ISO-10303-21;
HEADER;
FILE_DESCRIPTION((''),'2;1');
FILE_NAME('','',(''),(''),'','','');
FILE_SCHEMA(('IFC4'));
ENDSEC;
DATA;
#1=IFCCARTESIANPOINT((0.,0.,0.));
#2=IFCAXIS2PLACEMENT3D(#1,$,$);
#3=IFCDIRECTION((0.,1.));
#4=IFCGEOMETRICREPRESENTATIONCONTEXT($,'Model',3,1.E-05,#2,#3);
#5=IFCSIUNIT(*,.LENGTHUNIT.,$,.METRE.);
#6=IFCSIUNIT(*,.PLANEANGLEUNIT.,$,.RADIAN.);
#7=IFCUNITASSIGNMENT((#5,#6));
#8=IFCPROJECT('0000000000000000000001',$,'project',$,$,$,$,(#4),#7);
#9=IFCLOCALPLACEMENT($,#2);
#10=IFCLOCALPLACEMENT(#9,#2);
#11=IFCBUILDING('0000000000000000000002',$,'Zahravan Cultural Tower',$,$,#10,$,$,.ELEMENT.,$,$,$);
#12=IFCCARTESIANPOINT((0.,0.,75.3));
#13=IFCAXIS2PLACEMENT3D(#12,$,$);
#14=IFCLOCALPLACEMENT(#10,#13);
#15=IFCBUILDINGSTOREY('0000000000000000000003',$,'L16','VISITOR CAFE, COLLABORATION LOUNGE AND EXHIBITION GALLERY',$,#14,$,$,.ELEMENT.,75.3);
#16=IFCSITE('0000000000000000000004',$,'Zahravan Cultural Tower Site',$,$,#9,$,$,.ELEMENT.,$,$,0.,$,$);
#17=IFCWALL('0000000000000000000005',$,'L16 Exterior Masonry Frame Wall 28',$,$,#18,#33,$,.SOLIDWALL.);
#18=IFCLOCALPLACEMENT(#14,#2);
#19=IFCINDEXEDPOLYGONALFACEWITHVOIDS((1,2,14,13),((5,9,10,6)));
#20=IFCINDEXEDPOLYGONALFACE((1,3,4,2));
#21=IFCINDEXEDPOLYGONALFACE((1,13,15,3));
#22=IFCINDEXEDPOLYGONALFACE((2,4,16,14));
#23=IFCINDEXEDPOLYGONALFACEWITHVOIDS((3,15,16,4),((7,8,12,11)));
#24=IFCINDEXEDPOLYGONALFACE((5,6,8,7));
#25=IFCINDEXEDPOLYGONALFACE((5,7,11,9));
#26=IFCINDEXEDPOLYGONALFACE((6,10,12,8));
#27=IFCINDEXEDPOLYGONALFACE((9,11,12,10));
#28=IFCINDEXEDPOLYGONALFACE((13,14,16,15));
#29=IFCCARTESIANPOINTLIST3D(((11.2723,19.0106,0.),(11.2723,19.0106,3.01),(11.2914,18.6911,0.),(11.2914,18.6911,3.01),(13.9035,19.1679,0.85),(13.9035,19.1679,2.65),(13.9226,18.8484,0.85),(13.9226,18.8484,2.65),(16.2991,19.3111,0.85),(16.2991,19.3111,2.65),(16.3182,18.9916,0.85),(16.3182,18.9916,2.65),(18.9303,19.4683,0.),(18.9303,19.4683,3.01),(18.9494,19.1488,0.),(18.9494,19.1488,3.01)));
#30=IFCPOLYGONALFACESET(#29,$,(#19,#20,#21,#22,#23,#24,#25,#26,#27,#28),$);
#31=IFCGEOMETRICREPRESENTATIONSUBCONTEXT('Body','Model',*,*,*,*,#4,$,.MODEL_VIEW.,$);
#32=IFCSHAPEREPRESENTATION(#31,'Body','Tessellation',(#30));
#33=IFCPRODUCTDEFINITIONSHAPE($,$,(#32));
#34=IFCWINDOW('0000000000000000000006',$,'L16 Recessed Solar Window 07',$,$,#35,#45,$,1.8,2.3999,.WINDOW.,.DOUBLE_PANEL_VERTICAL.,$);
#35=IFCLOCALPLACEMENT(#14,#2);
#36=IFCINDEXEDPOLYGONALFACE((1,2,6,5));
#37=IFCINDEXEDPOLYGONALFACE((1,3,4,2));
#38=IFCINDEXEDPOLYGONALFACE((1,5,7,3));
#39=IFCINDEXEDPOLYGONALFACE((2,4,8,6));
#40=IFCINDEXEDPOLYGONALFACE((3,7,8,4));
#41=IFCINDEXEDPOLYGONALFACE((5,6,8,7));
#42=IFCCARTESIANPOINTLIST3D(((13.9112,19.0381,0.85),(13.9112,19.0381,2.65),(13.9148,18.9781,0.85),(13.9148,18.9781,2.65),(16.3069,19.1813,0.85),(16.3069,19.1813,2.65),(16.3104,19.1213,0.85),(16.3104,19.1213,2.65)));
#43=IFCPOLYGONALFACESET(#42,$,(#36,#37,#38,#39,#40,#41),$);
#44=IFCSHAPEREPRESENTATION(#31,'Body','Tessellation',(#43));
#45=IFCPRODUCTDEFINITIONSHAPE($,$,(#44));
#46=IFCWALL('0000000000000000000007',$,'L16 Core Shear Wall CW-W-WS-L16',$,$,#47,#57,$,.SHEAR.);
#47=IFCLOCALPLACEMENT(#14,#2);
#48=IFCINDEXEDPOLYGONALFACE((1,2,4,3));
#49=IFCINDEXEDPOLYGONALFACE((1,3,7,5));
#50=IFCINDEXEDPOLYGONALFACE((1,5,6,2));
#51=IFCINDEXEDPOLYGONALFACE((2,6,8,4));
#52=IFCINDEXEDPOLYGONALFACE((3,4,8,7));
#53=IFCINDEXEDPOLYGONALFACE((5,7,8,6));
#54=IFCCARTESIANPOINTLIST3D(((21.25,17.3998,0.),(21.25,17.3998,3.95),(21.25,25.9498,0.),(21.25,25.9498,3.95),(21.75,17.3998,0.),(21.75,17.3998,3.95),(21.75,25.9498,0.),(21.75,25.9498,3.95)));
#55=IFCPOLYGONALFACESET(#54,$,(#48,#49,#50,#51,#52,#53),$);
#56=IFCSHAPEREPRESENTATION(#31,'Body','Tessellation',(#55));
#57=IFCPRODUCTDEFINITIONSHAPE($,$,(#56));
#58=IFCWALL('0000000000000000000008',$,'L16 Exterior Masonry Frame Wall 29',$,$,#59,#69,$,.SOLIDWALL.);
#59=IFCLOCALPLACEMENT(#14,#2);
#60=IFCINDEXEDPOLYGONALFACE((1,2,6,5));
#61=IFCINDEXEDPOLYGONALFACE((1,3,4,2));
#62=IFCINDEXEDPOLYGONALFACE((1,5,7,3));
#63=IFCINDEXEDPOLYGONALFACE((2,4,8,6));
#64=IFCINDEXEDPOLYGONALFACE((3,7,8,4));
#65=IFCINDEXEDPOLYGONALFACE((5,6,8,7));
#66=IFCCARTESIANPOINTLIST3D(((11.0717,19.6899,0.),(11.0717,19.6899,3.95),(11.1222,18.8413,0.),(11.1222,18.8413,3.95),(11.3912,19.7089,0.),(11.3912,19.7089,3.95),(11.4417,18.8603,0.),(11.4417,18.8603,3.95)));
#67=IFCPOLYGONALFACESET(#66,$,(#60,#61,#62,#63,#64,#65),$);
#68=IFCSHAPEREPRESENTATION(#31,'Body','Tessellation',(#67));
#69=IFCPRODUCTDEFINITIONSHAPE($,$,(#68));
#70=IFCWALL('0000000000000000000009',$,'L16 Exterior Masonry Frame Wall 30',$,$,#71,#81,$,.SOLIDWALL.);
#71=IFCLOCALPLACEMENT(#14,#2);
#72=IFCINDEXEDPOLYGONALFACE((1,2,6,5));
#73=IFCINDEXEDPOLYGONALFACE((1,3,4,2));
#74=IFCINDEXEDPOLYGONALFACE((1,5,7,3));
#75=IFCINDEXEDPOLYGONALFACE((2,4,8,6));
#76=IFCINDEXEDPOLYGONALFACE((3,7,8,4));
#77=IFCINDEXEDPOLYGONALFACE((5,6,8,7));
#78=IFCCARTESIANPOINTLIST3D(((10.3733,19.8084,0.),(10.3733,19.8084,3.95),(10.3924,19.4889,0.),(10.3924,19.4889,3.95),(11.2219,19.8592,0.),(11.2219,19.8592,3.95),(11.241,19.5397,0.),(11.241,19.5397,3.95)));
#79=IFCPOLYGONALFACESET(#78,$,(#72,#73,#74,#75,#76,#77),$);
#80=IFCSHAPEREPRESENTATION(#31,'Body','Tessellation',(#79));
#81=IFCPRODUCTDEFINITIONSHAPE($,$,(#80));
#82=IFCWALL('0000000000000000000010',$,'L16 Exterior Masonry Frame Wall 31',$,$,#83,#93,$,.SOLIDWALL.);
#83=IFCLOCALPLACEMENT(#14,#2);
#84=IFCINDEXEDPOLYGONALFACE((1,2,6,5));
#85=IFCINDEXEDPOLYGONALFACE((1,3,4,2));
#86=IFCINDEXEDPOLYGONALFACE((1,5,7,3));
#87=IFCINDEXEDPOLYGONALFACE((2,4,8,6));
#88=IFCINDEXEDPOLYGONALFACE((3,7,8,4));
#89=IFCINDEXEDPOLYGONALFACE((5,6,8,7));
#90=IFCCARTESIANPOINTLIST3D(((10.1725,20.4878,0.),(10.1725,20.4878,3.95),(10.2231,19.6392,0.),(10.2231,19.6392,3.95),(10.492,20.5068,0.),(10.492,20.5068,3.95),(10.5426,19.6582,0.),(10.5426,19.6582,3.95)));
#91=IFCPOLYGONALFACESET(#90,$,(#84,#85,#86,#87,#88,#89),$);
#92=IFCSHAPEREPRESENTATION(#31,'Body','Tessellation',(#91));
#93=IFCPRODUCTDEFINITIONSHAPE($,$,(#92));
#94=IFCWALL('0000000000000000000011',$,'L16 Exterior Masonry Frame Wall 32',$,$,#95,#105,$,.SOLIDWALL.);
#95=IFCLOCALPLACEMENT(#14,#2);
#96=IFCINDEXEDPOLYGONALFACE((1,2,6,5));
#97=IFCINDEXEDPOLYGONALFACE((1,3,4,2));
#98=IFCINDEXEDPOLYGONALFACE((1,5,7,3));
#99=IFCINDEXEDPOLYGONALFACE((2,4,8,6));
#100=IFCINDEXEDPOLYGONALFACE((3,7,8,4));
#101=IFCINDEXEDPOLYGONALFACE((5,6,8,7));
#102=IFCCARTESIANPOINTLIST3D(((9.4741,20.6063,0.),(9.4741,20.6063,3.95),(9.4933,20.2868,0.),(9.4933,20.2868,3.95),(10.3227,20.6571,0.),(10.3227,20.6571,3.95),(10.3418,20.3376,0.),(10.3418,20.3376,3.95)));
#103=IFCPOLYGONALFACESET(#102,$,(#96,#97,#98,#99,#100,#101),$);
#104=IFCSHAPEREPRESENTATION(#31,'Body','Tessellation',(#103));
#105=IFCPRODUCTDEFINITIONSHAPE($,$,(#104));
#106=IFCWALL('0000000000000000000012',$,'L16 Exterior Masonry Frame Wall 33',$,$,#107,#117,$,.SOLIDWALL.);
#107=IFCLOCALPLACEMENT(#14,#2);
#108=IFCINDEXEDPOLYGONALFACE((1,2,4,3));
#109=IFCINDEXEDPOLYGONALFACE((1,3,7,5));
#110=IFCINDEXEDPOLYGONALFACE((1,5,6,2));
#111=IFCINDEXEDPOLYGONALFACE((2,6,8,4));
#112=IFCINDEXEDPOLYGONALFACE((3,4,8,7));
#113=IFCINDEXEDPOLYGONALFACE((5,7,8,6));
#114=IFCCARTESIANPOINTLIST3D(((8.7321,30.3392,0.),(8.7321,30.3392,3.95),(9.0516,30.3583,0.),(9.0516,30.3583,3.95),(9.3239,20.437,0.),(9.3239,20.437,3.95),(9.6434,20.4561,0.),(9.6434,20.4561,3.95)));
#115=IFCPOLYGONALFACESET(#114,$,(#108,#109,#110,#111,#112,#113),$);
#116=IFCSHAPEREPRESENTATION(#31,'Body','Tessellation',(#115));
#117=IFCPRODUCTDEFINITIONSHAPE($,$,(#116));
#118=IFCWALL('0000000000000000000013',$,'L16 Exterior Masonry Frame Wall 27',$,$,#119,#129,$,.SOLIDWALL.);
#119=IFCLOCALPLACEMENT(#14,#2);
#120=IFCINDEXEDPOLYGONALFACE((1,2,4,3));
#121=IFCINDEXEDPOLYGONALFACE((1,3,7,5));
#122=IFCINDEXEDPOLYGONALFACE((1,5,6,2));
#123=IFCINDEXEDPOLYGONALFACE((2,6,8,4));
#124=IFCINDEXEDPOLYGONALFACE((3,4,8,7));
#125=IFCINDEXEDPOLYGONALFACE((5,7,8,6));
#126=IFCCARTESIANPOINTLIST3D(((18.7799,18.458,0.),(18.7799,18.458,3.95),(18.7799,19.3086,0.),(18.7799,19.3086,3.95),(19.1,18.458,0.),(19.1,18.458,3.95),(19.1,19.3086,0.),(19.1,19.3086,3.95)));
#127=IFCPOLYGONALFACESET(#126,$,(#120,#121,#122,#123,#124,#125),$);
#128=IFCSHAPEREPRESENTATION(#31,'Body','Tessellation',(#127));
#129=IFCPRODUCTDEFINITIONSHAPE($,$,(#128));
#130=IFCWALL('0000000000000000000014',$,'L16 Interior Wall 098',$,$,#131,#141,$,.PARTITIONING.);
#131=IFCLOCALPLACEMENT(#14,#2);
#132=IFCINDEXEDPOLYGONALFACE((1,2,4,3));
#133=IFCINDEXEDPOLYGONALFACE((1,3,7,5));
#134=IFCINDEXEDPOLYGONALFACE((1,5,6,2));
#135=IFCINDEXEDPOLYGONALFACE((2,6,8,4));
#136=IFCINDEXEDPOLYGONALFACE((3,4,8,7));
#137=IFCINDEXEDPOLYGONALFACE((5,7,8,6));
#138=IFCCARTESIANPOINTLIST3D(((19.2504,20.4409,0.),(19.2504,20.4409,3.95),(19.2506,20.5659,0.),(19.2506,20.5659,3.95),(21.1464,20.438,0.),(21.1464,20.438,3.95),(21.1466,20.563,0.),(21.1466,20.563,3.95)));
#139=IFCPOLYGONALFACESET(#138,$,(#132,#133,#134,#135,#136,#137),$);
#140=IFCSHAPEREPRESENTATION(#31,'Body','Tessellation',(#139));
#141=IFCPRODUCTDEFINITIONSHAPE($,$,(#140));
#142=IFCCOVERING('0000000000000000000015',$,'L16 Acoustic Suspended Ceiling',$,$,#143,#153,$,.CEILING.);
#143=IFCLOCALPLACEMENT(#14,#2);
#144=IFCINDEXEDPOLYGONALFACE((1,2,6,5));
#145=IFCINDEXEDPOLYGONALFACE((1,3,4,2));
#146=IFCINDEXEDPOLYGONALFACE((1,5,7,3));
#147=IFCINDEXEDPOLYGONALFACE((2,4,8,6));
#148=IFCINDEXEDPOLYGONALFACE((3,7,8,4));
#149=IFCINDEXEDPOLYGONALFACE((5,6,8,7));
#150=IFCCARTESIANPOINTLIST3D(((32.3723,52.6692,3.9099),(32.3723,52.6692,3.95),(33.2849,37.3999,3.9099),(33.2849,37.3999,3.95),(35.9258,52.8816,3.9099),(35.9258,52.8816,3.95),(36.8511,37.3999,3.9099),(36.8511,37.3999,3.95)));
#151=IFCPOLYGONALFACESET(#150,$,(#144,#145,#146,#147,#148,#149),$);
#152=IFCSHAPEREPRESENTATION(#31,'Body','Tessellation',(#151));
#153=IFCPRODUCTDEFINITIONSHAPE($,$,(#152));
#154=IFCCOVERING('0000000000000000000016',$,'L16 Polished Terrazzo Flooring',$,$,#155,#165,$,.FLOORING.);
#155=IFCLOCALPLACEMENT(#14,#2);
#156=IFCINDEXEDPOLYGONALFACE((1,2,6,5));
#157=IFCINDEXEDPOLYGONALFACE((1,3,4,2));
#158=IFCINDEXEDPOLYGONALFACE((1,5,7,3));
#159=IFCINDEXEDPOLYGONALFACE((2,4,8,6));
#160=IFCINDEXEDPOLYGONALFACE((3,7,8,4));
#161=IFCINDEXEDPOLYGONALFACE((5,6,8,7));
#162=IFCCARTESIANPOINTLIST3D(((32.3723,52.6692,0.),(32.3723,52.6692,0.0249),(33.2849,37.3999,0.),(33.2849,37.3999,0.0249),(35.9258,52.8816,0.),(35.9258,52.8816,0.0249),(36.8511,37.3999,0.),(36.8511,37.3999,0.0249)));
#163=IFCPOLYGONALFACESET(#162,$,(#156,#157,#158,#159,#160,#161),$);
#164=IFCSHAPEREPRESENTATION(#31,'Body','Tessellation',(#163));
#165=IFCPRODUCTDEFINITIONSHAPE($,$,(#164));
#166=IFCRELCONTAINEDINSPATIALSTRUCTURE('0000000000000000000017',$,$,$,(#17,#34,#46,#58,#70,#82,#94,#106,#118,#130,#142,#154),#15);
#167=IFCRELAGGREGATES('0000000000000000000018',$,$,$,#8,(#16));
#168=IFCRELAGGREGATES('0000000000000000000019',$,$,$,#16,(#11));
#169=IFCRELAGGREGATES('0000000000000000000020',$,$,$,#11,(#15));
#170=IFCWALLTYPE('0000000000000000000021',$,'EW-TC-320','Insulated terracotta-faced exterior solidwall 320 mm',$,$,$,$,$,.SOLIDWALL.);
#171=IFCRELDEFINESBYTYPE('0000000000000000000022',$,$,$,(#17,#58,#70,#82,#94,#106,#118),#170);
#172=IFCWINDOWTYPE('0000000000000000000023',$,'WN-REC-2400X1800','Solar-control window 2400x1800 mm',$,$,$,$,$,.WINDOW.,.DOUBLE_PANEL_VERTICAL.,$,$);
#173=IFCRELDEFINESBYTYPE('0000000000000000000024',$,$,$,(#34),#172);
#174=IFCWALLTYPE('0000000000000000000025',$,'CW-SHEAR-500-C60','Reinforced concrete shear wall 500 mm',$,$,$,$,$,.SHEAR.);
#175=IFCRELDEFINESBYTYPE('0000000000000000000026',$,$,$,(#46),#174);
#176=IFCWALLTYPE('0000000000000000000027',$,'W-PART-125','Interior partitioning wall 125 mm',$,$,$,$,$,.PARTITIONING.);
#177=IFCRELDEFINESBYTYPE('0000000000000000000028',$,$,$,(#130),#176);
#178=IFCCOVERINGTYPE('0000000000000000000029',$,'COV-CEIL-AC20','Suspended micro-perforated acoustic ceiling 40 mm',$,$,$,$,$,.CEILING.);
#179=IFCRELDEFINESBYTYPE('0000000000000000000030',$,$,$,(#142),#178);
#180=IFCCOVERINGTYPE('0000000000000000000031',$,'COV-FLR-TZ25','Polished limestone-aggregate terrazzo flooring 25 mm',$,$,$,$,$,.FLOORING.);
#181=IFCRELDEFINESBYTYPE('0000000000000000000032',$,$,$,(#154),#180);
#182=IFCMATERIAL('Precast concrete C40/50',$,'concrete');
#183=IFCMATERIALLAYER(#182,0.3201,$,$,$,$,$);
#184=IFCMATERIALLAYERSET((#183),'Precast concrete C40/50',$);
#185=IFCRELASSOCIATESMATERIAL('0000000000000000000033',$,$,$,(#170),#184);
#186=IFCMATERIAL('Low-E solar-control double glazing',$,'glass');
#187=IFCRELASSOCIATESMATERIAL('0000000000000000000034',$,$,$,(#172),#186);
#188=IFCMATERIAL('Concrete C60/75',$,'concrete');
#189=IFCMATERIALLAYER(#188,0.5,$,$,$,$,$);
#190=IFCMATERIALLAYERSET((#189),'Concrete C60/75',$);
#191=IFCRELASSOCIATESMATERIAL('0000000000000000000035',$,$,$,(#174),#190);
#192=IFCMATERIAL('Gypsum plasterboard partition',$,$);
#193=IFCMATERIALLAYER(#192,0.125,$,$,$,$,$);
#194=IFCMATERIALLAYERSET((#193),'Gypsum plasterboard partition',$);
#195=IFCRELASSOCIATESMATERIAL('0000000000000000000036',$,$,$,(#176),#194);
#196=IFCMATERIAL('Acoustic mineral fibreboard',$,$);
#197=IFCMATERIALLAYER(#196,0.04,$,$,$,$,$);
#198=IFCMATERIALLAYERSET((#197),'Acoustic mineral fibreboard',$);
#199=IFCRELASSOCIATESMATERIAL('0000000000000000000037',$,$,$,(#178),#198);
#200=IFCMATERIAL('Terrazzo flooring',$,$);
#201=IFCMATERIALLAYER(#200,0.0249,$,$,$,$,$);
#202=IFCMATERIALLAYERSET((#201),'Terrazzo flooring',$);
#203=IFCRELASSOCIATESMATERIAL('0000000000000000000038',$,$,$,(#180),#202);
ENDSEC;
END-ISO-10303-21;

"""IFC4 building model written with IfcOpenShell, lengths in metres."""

from ifc_helpers import new_model, si_unit, direction, frame, frame_2d, origin, place, context, subcontext, project, spatial, polyline, rectangle, outline, extrude, source, transform, mapped, material, layer, layer_set, type_object, element, fill, save


model = new_model("IFC4")

# Units and contexts
model_context = context("Model", 3, precision=1e-05, world=origin(), true_north=direction((0.0, 1.0)))
body_context = subcontext(model_context, "Body", "Model", "MODEL_VIEW")
ifc_project = project(units=[si_unit("LENGTHUNIT", "METRE"), si_unit("PLANEANGLEUNIT", "RADIAN")], contexts=[model_context])

# Site, building, storey
site_placement = place(None, origin())
site = spatial("IfcSite", under=ifc_project, at=site_placement, Name="Zahravan Cultural Tower Site", CompositionType="ELEMENT", RefElevation=0.0)
building_placement = place(site_placement, origin())
building = spatial("IfcBuilding", under=site, at=building_placement, Name="Zahravan Cultural Tower", CompositionType="ELEMENT")
storey_placement = place(building_placement, frame((0.0, 0.0, 75.3)))
storey = spatial("IfcBuildingStorey", under=building, at=storey_placement, Name="L16", Description="VISITOR CAFE, COLLABORATION LOUNGE AND EXHIBITION GALLERY", CompositionType="ELEMENT", Elevation=75.3)

# Wall, opening, window
ifc_material_1 = material(Name="Precast concrete C40/50", Category="concrete")
ifc_layer_1 = layer(ifc_material_1, 0.3201)
ifc_layer_set_1 = layer_set([ifc_layer_1], Name="Precast concrete C40/50")
wall_type_1 = type_object("IfcWallType", Name="EW-TC-320", Description="Insulated terracotta-faced exterior solidwall 320 mm", PredefinedType="SOLIDWALL", material=ifc_layer_set_1)
wall_1_placement = place(storey_placement, frame((18.9399, 19.3086, 0.0), z_axis=(0.0, 0.0, 1.0), x_axis=(-0.998218, -0.05967, 0.0)))
wall_1 = element("IfcWall", 1, at=wall_1_placement, inside=storey, type_object=wall_type_1, Name="L16 Exterior Masonry Frame Wall 28", PredefinedType="SOLIDWALL", context=body_context, shape_type="SweptSolid", body=[
    extrude(rectangle(XDim=7.6716, YDim=0.3201, at=frame_2d((3.8359, 0.0))), origin(), (0.0, 0.0, 1.0), 3.01),
])
opening_placement = place(wall_1_placement, frame((2.636, 0.0, 0.8501)))
opening = element("IfcOpeningElement", 2, at=opening_placement, cuts=wall_1, PredefinedType="OPENING", context=body_context, shape_type="SweptSolid", body=[
    extrude(rectangle(XDim=2.3999, YDim=1.8, at=frame_2d((1.2, 0.8999))), frame((0.0, 0.1699, 0.0), z_axis=(0.0, -1.0, 0.0), x_axis=(1.0, 0.0, 0.0)), (0.0, 0.0, 1.0), 0.3401),
])
ifc_material_2 = material(Name="Low-E solar-control double glazing", Category="glass")
window_type = type_object("IfcWindowType", Name="WN-REC-2400X1800", Description="Solar-control window 2400x1800 mm", PartitioningType="DOUBLE_PANEL_VERTICAL", PredefinedType="WINDOW", material=ifc_material_2)
shared_shape_1 = source(origin(), body_context, "Body", "SweptSolid", [
    extrude(rectangle(XDim=2.3999, YDim=1.8, at=frame_2d((1.2, 0.8999))), frame((0.0, 0.03, 0.0), z_axis=(0.0, -1.0, 0.0), x_axis=(1.0, 0.0, 0.0)), (0.0, 0.0, 1.0), 0.0601),
])
window_placement = place(opening_placement, origin())
window = element("IfcWindow", 3, at=window_placement, inside=storey, type_object=window_type, Name="L16 Recessed Solar Window 07", OverallHeight=1.8, OverallWidth=2.3999, PartitioningType="DOUBLE_PANEL_VERTICAL", PredefinedType="WINDOW", context=body_context, shape_type="MappedRepresentation", body=[
    mapped(shared_shape_1, transform((0.0, 0.0, 0.0), x_axis=(1.0, 0.0, 0.0), y_axis=(0.0, 1.0, 0.0), z_axis=(0.0, 0.0, 1.0), scale=1.0)),
])
fill(opening, window)

# Walls
ifc_material_3 = material(Name="Concrete C60/75", Category="concrete")
ifc_layer_2 = layer(ifc_material_3, 0.5)
ifc_layer_set_2 = layer_set([ifc_layer_2], Name="Concrete C60/75")
wall_type_2 = type_object("IfcWallType", Name="CW-SHEAR-500-C60", Description="Reinforced concrete shear wall 500 mm", PredefinedType="SHEAR", material=ifc_layer_set_2)
shared_shape_2 = source(origin(), body_context, "Body", "SweptSolid", [
    extrude(rectangle(XDim=8.55, YDim=0.5, at=frame_2d((4.2749, 0.0))), origin(), (0.0, 0.0, 1.0), 3.95),
])
wall_2_placement = place(storey_placement, frame((21.5, 17.3999, 0.0), z_axis=(0.0, 0.0, 1.0), x_axis=(0.0, 1.0, 0.0)))
element("IfcWall", 4, at=wall_2_placement, inside=storey, type_object=wall_type_2, Name="L16 Core Shear Wall CW-W-WS-L16", PredefinedType="SHEAR", context=body_context, shape_type="MappedRepresentation", body=[
    mapped(shared_shape_2, transform((0.0, 0.0, 0.0), x_axis=(1.0, 0.0, 0.0), y_axis=(0.0, 1.0, 0.0), z_axis=(0.0, 0.0, 1.0), scale=1.0)),
])
shared_shape_3 = source(origin(), body_context, "Body", "SweptSolid", [
    extrude(rectangle(XDim=0.8501, YDim=0.3201, at=frame_2d((0.425, 0.0))), origin(), (0.0, 0.0, 1.0), 3.95),
])
for number, where, z_axis, x_axis, name in (
    (5, (11.282, 18.8508, 0.0), (0.0, 0.0, 1.0), (-0.059446, 0.998232, 0.0), "L16 Exterior Masonry Frame Wall 29"),
    (6, (11.2314, 19.6995, 0.0), (0.0, 0.0, 1.0), (-0.998214, -0.059732, 0.0), "L16 Exterior Masonry Frame Wall 30"),
    (7, (10.3828, 19.6487, 0.0), (0.0, 0.0, 1.0), (-0.059446, 0.998232, 0.0), "L16 Exterior Masonry Frame Wall 31"),
    (8, (10.3323, 20.4973, 0.0), (0.0, 0.0, 1.0), (-0.998214, -0.059732, 0.0), "L16 Exterior Masonry Frame Wall 32"),
):
    element("IfcWall", number, at=place(storey_placement, frame(where, z_axis=z_axis, x_axis=x_axis)), inside=storey, type_object=wall_type_1, Name=name, PredefinedType="SOLIDWALL", context=body_context, shape_type="MappedRepresentation", body=[
        mapped(shared_shape_3, transform((0.0, 0.0, 0.0), x_axis=(1.0, 0.0, 0.0), y_axis=(0.0, 1.0, 0.0), z_axis=(0.0, 0.0, 1.0), scale=1.0)),
    ])
shared_shape_4 = source(origin(), body_context, "Body", "SweptSolid", [
    extrude(rectangle(XDim=9.9199, YDim=0.3201, at=frame_2d((4.96, 0.0))), origin(), (0.0, 0.0, 1.0), 3.95),
])
wall_3_placement = place(storey_placement, frame((9.4836, 20.4465, 0.0), z_axis=(0.0, 0.0, 1.0), x_axis=(-0.059657, 0.998219, 0.0)))
element("IfcWall", 9, at=wall_3_placement, inside=storey, type_object=wall_type_1, Name="L16 Exterior Masonry Frame Wall 33", PredefinedType="SOLIDWALL", context=body_context, shape_type="MappedRepresentation", body=[
    mapped(shared_shape_4, transform((0.0, 0.0, 0.0), x_axis=(1.0, 0.0, 0.0), y_axis=(0.0, 1.0, 0.0), z_axis=(0.0, 0.0, 1.0), scale=1.0)),
])
shared_shape_5 = source(origin(), body_context, "Body", "SweptSolid", [
    extrude(rectangle(XDim=0.8506, YDim=0.3201, at=frame_2d((0.4253, 0.0))), origin(), (0.0, 0.0, 1.0), 3.95),
])
wall_4_placement = place(storey_placement, frame((18.9399, 18.458, 0.0), z_axis=(0.0, 0.0, 1.0), x_axis=(0.0, 1.0, 0.0)))
element("IfcWall", 10, at=wall_4_placement, inside=storey, type_object=wall_type_1, Name="L16 Exterior Masonry Frame Wall 27", PredefinedType="SOLIDWALL", context=body_context, shape_type="MappedRepresentation", body=[
    mapped(shared_shape_5, transform((0.0, 0.0, 0.0), x_axis=(1.0, 0.0, 0.0), y_axis=(0.0, 1.0, 0.0), z_axis=(0.0, 0.0, 1.0), scale=1.0)),
])
ifc_material_4 = material(Name="Gypsum plasterboard partition")
ifc_layer_3 = layer(ifc_material_4, 0.125)
ifc_layer_set_3 = layer_set([ifc_layer_3], Name="Gypsum plasterboard partition")
wall_type_3 = type_object("IfcWallType", Name="W-PART-125", Description="Interior partitioning wall 125 mm", PredefinedType="PARTITIONING", material=ifc_layer_set_3)
shared_shape_6 = source(origin(), body_context, "Body", "SweptSolid", [
    extrude(rectangle(XDim=1.896, YDim=0.125, at=frame_2d((0.948, 0.0))), origin(), (0.0, 0.0, 1.0), 3.95),
])
wall_5_placement = place(storey_placement, frame((19.2505, 20.5034, 0.0), z_axis=(0.0, 0.0, 1.0), x_axis=(0.999999, -0.001545, 0.0)))
element("IfcWall", 11, at=wall_5_placement, inside=storey, type_object=wall_type_3, Name="L16 Interior Wall 098", PredefinedType="PARTITIONING", context=body_context, shape_type="MappedRepresentation", body=[
    mapped(shared_shape_6, transform((0.0, 0.0, 0.0), x_axis=(1.0, 0.0, 0.0), y_axis=(0.0, 1.0, 0.0), z_axis=(0.0, 0.0, 1.0), scale=1.0)),
])

# Coverings
ifc_material_5 = material(Name="Acoustic mineral fibreboard")
ifc_layer_4 = layer(ifc_material_5, 0.04)
ifc_layer_set_4 = layer_set([ifc_layer_4], Name="Acoustic mineral fibreboard")
covering_type_1 = type_object("IfcCoveringType", Name="COV-CEIL-AC20", Description="Suspended micro-perforated acoustic ceiling 40 mm", PredefinedType="CEILING", material=ifc_layer_set_4)
covering_1_placement = place(storey_placement, frame((0.0, 0.0, 3.9099)))
element("IfcCovering", 12, at=covering_1_placement, inside=storey, type_object=covering_type_1, Name="L16 Acoustic Suspended Ceiling", PredefinedType="CEILING", context=body_context, shape_type="SweptSolid", body=[
    extrude(outline(polyline([(32.3723, 52.6692), (33.2849, 37.3999), (36.8511, 37.3999), (35.9258, 52.8816), (32.3723, 52.6692)])), origin(), (0.0, 0.0, 1.0), 0.04),
])
ifc_material_6 = material(Name="Terrazzo flooring")
ifc_layer_5 = layer(ifc_material_6, 0.0249)
ifc_layer_set_5 = layer_set([ifc_layer_5], Name="Terrazzo flooring")
covering_type_2 = type_object("IfcCoveringType", Name="COV-FLR-TZ25", Description="Polished limestone-aggregate terrazzo flooring 25 mm", PredefinedType="FLOORING", material=ifc_layer_set_5)
covering_2_placement = place(storey_placement, origin())
element("IfcCovering", 13, at=covering_2_placement, inside=storey, type_object=covering_type_2, Name="L16 Polished Terrazzo Flooring", PredefinedType="FLOORING", context=body_context, shape_type="SweptSolid", body=[
    extrude(outline(polyline([(32.3723, 52.6692), (33.2849, 37.3999), (36.8511, 37.3999), (35.9258, 52.8816), (32.3723, 52.6692)])), origin(), (0.0, 0.0, 1.0), 0.0249),
])

save(model, "model.ifc")
